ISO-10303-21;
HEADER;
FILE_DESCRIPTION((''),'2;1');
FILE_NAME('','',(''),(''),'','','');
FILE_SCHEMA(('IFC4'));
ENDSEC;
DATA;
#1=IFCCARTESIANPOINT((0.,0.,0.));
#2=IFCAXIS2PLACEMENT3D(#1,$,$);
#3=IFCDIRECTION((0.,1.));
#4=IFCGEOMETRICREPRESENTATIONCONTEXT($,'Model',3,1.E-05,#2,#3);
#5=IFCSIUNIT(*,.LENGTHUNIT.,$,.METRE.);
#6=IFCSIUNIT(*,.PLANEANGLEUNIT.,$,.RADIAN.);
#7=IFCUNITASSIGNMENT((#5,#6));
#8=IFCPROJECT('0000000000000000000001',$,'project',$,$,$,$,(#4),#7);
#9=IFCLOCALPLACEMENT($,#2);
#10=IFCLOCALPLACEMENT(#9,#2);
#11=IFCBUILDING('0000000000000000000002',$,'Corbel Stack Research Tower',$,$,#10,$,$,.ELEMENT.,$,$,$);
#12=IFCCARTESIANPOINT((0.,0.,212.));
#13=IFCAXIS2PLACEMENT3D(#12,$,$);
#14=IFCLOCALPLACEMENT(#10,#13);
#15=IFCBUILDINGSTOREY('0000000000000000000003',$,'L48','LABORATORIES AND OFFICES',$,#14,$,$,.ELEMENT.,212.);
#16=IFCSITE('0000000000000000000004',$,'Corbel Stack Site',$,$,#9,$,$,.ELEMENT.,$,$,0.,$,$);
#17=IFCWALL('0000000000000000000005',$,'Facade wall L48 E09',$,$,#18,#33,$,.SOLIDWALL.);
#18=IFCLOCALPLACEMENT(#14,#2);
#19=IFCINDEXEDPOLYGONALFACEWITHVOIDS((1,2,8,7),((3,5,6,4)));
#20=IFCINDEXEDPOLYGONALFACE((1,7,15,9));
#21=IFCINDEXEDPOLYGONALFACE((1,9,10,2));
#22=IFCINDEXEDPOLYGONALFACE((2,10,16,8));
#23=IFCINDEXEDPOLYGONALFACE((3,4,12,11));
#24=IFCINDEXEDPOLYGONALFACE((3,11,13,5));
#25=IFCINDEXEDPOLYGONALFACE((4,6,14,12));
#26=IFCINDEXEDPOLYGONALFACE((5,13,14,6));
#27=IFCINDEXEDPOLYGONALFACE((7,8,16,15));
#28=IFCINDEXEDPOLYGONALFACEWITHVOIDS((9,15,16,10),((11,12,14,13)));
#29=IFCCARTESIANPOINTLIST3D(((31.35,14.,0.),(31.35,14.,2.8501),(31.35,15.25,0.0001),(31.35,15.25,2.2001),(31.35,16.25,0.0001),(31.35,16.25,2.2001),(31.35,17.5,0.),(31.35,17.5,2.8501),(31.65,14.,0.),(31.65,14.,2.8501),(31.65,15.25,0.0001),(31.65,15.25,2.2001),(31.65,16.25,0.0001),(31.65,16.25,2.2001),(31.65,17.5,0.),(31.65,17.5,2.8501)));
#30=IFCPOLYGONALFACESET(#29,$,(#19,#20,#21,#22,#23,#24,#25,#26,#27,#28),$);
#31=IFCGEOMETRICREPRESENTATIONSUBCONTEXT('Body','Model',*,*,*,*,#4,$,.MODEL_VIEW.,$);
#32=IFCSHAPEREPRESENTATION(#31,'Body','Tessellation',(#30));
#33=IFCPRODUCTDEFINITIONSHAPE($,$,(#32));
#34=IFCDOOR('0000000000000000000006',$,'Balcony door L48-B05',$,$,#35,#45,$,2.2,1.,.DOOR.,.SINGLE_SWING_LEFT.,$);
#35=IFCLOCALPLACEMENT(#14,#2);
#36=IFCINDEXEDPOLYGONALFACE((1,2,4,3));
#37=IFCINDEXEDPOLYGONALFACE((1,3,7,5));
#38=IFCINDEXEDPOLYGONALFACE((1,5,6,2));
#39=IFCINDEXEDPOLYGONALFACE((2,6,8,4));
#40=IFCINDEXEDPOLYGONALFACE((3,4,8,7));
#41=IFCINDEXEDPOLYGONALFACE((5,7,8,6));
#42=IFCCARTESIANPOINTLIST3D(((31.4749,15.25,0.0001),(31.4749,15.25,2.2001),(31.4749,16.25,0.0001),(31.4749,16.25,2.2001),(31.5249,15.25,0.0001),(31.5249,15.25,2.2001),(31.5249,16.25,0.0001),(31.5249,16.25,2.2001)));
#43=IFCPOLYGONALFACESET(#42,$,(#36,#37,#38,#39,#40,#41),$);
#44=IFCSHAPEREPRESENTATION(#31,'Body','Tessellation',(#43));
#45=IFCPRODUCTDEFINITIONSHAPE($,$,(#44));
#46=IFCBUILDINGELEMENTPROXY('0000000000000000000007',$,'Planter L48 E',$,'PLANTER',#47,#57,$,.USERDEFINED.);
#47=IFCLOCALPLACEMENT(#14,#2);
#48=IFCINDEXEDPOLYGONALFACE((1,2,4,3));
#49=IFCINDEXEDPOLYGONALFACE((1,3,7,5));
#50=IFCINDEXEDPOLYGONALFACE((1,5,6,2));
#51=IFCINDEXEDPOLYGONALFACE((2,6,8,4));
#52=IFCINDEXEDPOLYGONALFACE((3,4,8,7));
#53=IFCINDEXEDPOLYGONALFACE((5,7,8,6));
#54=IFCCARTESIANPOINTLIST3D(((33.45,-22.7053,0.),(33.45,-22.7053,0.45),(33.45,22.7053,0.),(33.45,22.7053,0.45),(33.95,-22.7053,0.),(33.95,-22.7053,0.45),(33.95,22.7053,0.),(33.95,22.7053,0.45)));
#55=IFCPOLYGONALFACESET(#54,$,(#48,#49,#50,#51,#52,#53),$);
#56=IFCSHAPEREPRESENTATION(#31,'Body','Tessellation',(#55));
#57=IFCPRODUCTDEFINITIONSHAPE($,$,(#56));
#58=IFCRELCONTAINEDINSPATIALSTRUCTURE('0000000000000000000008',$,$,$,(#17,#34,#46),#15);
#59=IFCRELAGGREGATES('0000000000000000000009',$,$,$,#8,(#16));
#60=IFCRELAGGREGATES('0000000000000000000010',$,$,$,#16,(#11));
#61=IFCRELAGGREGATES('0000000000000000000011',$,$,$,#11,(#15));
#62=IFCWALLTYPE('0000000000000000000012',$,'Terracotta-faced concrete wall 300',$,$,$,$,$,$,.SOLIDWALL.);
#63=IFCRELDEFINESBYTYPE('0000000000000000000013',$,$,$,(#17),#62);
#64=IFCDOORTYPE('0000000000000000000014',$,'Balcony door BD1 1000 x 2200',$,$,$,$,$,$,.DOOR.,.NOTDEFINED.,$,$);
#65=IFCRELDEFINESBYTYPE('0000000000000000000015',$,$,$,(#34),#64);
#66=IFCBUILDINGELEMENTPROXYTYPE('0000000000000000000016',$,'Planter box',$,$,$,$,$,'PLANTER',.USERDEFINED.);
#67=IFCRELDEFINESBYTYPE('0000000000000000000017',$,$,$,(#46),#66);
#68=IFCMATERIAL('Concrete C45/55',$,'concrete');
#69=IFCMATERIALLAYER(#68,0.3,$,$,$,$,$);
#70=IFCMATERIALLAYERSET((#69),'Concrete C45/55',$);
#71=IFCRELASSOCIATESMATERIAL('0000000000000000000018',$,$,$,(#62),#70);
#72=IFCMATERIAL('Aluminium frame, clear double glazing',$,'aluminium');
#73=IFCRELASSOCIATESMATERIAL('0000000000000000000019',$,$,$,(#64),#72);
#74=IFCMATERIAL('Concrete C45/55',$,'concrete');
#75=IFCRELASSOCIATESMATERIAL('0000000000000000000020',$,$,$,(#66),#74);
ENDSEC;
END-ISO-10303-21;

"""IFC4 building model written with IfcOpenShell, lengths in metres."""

from ifc_helpers import new_model, si_unit, direction, frame, frame_2d, origin, origin_2d, place, context, subcontext, project, spatial, rectangle, extrude, material, layer, layer_set, type_object, element, fill, save


model = new_model("IFC4")

# Units and contexts
model_context = context("Model", 3, precision=1e-05, world=origin(), true_north=direction((0.0, 1.0)))
body_context = subcontext(model_context, "Body", "Model", "MODEL_VIEW")
ifc_project = project(units=[si_unit("LENGTHUNIT", "METRE"), si_unit("PLANEANGLEUNIT", "RADIAN")], contexts=[model_context])

# Site, building, storey
site_placement = place(None, origin())
site = spatial("IfcSite", under=ifc_project, at=site_placement, Name="Corbel Stack Site", CompositionType="ELEMENT", RefElevation=0.0)
building_placement = place(site_placement, origin())
building = spatial("IfcBuilding", under=site, at=building_placement, Name="Corbel Stack Research Tower", CompositionType="ELEMENT")
storey_placement = place(building_placement, frame((0.0, 0.0, 212.0)))
storey = spatial("IfcBuildingStorey", under=building, at=storey_placement, Name="L48", Description="LABORATORIES AND OFFICES", CompositionType="ELEMENT", Elevation=212.0)

# Shared definitions
ifc_material_1 = material(Name="Concrete C45/55", Category="concrete")
ifc_layer_1 = layer(ifc_material_1, 0.3)
ifc_layer_set_1 = layer_set([ifc_layer_1], Name="Concrete C45/55")
wall_type_1 = type_object("IfcWallType", Name="Terracotta-faced concrete wall 300", PredefinedType="SOLIDWALL", material=ifc_layer_set_1)

# Wall, opening, door
wall_1_placement = place(storey_placement, frame((31.5, 17.5, 0.0), z_axis=(0.0, 0.0, 1.0), x_axis=(0.0, -1.0, 0.0)))
wall_1 = element("IfcWall", 1, at=wall_1_placement, inside=storey, type_object=wall_type_1, Name="Facade wall L48 E09", PredefinedType="SOLIDWALL", context=body_context, shape_type="SweptSolid", body=[
    extrude(rectangle(XDim=3.5, YDim=0.3, at=frame_2d((1.75, 0.0))), origin(), (0.0, 0.0, 1.0), 2.8501),
])
opening_1_placement = place(wall_1_placement, frame((1.25, 0.0, 0.0)))
opening_1 = element("IfcOpeningElement", 2, at=opening_1_placement, cuts=wall_1, PredefinedType="OPENING", context=body_context, shape_type="SweptSolid", body=[
    extrude(rectangle(XDim=1.0, YDim=2.2, at=frame_2d((0.5, 1.1001))), frame((0.0, 0.1599, 0.0), z_axis=(0.0, -1.0, 0.0), x_axis=(1.0, 0.0, 0.0)), (0.0, 0.0, 1.0), 0.3201),
])
ifc_material_2 = material(Name="Aluminium frame, clear double glazing", Category="aluminium")
door_type_1 = type_object("IfcDoorType", Name="Balcony door BD1 1000 x 2200", OperationType="NOTDEFINED", PredefinedType="DOOR", material=ifc_material_2)
door_1_placement = place(opening_1_placement, origin())
door_1 = element("IfcDoor", 3, at=door_1_placement, inside=storey, type_object=door_type_1, Name="Balcony door L48-B05", OperationType="SINGLE_SWING_LEFT", OverallHeight=2.2, OverallWidth=1.0, PredefinedType="DOOR", context=body_context, shape_type="SweptSolid", body=[
    extrude(rectangle(XDim=1.0, YDim=2.2, at=frame_2d((0.5, 1.1001))), frame((0.0, 0.0249, 0.0), z_axis=(0.0, -1.0, 0.0), x_axis=(1.0, 0.0, 0.0)), (0.0, 0.0, 1.0), 0.05),
])
fill(opening_1, door_1)

# Building element proxy
ifc_material_3 = material(Name="Concrete C45/55", Category="concrete")
building_element_proxy_type = type_object("IfcBuildingElementProxyType", Name="Planter box", ElementType="PLANTER", PredefinedType="USERDEFINED", material=ifc_material_3)
proxy_placement = place(storey_placement, frame((33.7, 0.0, 0.0), z_axis=(0.0, 0.0, 1.0), x_axis=(0.0, 1.0, 0.0)))
element("IfcBuildingElementProxy", 4, at=proxy_placement, inside=storey, type_object=building_element_proxy_type, Name="Planter L48 E", ObjectType="PLANTER", PredefinedType="USERDEFINED", context=body_context, shape_type="SweptSolid", body=[
    extrude(rectangle(XDim=45.4106, YDim=0.5, at=origin_2d()), origin(), (0.0, 0.0, 1.0), 0.45),
])

save(model, "model.ifc")
